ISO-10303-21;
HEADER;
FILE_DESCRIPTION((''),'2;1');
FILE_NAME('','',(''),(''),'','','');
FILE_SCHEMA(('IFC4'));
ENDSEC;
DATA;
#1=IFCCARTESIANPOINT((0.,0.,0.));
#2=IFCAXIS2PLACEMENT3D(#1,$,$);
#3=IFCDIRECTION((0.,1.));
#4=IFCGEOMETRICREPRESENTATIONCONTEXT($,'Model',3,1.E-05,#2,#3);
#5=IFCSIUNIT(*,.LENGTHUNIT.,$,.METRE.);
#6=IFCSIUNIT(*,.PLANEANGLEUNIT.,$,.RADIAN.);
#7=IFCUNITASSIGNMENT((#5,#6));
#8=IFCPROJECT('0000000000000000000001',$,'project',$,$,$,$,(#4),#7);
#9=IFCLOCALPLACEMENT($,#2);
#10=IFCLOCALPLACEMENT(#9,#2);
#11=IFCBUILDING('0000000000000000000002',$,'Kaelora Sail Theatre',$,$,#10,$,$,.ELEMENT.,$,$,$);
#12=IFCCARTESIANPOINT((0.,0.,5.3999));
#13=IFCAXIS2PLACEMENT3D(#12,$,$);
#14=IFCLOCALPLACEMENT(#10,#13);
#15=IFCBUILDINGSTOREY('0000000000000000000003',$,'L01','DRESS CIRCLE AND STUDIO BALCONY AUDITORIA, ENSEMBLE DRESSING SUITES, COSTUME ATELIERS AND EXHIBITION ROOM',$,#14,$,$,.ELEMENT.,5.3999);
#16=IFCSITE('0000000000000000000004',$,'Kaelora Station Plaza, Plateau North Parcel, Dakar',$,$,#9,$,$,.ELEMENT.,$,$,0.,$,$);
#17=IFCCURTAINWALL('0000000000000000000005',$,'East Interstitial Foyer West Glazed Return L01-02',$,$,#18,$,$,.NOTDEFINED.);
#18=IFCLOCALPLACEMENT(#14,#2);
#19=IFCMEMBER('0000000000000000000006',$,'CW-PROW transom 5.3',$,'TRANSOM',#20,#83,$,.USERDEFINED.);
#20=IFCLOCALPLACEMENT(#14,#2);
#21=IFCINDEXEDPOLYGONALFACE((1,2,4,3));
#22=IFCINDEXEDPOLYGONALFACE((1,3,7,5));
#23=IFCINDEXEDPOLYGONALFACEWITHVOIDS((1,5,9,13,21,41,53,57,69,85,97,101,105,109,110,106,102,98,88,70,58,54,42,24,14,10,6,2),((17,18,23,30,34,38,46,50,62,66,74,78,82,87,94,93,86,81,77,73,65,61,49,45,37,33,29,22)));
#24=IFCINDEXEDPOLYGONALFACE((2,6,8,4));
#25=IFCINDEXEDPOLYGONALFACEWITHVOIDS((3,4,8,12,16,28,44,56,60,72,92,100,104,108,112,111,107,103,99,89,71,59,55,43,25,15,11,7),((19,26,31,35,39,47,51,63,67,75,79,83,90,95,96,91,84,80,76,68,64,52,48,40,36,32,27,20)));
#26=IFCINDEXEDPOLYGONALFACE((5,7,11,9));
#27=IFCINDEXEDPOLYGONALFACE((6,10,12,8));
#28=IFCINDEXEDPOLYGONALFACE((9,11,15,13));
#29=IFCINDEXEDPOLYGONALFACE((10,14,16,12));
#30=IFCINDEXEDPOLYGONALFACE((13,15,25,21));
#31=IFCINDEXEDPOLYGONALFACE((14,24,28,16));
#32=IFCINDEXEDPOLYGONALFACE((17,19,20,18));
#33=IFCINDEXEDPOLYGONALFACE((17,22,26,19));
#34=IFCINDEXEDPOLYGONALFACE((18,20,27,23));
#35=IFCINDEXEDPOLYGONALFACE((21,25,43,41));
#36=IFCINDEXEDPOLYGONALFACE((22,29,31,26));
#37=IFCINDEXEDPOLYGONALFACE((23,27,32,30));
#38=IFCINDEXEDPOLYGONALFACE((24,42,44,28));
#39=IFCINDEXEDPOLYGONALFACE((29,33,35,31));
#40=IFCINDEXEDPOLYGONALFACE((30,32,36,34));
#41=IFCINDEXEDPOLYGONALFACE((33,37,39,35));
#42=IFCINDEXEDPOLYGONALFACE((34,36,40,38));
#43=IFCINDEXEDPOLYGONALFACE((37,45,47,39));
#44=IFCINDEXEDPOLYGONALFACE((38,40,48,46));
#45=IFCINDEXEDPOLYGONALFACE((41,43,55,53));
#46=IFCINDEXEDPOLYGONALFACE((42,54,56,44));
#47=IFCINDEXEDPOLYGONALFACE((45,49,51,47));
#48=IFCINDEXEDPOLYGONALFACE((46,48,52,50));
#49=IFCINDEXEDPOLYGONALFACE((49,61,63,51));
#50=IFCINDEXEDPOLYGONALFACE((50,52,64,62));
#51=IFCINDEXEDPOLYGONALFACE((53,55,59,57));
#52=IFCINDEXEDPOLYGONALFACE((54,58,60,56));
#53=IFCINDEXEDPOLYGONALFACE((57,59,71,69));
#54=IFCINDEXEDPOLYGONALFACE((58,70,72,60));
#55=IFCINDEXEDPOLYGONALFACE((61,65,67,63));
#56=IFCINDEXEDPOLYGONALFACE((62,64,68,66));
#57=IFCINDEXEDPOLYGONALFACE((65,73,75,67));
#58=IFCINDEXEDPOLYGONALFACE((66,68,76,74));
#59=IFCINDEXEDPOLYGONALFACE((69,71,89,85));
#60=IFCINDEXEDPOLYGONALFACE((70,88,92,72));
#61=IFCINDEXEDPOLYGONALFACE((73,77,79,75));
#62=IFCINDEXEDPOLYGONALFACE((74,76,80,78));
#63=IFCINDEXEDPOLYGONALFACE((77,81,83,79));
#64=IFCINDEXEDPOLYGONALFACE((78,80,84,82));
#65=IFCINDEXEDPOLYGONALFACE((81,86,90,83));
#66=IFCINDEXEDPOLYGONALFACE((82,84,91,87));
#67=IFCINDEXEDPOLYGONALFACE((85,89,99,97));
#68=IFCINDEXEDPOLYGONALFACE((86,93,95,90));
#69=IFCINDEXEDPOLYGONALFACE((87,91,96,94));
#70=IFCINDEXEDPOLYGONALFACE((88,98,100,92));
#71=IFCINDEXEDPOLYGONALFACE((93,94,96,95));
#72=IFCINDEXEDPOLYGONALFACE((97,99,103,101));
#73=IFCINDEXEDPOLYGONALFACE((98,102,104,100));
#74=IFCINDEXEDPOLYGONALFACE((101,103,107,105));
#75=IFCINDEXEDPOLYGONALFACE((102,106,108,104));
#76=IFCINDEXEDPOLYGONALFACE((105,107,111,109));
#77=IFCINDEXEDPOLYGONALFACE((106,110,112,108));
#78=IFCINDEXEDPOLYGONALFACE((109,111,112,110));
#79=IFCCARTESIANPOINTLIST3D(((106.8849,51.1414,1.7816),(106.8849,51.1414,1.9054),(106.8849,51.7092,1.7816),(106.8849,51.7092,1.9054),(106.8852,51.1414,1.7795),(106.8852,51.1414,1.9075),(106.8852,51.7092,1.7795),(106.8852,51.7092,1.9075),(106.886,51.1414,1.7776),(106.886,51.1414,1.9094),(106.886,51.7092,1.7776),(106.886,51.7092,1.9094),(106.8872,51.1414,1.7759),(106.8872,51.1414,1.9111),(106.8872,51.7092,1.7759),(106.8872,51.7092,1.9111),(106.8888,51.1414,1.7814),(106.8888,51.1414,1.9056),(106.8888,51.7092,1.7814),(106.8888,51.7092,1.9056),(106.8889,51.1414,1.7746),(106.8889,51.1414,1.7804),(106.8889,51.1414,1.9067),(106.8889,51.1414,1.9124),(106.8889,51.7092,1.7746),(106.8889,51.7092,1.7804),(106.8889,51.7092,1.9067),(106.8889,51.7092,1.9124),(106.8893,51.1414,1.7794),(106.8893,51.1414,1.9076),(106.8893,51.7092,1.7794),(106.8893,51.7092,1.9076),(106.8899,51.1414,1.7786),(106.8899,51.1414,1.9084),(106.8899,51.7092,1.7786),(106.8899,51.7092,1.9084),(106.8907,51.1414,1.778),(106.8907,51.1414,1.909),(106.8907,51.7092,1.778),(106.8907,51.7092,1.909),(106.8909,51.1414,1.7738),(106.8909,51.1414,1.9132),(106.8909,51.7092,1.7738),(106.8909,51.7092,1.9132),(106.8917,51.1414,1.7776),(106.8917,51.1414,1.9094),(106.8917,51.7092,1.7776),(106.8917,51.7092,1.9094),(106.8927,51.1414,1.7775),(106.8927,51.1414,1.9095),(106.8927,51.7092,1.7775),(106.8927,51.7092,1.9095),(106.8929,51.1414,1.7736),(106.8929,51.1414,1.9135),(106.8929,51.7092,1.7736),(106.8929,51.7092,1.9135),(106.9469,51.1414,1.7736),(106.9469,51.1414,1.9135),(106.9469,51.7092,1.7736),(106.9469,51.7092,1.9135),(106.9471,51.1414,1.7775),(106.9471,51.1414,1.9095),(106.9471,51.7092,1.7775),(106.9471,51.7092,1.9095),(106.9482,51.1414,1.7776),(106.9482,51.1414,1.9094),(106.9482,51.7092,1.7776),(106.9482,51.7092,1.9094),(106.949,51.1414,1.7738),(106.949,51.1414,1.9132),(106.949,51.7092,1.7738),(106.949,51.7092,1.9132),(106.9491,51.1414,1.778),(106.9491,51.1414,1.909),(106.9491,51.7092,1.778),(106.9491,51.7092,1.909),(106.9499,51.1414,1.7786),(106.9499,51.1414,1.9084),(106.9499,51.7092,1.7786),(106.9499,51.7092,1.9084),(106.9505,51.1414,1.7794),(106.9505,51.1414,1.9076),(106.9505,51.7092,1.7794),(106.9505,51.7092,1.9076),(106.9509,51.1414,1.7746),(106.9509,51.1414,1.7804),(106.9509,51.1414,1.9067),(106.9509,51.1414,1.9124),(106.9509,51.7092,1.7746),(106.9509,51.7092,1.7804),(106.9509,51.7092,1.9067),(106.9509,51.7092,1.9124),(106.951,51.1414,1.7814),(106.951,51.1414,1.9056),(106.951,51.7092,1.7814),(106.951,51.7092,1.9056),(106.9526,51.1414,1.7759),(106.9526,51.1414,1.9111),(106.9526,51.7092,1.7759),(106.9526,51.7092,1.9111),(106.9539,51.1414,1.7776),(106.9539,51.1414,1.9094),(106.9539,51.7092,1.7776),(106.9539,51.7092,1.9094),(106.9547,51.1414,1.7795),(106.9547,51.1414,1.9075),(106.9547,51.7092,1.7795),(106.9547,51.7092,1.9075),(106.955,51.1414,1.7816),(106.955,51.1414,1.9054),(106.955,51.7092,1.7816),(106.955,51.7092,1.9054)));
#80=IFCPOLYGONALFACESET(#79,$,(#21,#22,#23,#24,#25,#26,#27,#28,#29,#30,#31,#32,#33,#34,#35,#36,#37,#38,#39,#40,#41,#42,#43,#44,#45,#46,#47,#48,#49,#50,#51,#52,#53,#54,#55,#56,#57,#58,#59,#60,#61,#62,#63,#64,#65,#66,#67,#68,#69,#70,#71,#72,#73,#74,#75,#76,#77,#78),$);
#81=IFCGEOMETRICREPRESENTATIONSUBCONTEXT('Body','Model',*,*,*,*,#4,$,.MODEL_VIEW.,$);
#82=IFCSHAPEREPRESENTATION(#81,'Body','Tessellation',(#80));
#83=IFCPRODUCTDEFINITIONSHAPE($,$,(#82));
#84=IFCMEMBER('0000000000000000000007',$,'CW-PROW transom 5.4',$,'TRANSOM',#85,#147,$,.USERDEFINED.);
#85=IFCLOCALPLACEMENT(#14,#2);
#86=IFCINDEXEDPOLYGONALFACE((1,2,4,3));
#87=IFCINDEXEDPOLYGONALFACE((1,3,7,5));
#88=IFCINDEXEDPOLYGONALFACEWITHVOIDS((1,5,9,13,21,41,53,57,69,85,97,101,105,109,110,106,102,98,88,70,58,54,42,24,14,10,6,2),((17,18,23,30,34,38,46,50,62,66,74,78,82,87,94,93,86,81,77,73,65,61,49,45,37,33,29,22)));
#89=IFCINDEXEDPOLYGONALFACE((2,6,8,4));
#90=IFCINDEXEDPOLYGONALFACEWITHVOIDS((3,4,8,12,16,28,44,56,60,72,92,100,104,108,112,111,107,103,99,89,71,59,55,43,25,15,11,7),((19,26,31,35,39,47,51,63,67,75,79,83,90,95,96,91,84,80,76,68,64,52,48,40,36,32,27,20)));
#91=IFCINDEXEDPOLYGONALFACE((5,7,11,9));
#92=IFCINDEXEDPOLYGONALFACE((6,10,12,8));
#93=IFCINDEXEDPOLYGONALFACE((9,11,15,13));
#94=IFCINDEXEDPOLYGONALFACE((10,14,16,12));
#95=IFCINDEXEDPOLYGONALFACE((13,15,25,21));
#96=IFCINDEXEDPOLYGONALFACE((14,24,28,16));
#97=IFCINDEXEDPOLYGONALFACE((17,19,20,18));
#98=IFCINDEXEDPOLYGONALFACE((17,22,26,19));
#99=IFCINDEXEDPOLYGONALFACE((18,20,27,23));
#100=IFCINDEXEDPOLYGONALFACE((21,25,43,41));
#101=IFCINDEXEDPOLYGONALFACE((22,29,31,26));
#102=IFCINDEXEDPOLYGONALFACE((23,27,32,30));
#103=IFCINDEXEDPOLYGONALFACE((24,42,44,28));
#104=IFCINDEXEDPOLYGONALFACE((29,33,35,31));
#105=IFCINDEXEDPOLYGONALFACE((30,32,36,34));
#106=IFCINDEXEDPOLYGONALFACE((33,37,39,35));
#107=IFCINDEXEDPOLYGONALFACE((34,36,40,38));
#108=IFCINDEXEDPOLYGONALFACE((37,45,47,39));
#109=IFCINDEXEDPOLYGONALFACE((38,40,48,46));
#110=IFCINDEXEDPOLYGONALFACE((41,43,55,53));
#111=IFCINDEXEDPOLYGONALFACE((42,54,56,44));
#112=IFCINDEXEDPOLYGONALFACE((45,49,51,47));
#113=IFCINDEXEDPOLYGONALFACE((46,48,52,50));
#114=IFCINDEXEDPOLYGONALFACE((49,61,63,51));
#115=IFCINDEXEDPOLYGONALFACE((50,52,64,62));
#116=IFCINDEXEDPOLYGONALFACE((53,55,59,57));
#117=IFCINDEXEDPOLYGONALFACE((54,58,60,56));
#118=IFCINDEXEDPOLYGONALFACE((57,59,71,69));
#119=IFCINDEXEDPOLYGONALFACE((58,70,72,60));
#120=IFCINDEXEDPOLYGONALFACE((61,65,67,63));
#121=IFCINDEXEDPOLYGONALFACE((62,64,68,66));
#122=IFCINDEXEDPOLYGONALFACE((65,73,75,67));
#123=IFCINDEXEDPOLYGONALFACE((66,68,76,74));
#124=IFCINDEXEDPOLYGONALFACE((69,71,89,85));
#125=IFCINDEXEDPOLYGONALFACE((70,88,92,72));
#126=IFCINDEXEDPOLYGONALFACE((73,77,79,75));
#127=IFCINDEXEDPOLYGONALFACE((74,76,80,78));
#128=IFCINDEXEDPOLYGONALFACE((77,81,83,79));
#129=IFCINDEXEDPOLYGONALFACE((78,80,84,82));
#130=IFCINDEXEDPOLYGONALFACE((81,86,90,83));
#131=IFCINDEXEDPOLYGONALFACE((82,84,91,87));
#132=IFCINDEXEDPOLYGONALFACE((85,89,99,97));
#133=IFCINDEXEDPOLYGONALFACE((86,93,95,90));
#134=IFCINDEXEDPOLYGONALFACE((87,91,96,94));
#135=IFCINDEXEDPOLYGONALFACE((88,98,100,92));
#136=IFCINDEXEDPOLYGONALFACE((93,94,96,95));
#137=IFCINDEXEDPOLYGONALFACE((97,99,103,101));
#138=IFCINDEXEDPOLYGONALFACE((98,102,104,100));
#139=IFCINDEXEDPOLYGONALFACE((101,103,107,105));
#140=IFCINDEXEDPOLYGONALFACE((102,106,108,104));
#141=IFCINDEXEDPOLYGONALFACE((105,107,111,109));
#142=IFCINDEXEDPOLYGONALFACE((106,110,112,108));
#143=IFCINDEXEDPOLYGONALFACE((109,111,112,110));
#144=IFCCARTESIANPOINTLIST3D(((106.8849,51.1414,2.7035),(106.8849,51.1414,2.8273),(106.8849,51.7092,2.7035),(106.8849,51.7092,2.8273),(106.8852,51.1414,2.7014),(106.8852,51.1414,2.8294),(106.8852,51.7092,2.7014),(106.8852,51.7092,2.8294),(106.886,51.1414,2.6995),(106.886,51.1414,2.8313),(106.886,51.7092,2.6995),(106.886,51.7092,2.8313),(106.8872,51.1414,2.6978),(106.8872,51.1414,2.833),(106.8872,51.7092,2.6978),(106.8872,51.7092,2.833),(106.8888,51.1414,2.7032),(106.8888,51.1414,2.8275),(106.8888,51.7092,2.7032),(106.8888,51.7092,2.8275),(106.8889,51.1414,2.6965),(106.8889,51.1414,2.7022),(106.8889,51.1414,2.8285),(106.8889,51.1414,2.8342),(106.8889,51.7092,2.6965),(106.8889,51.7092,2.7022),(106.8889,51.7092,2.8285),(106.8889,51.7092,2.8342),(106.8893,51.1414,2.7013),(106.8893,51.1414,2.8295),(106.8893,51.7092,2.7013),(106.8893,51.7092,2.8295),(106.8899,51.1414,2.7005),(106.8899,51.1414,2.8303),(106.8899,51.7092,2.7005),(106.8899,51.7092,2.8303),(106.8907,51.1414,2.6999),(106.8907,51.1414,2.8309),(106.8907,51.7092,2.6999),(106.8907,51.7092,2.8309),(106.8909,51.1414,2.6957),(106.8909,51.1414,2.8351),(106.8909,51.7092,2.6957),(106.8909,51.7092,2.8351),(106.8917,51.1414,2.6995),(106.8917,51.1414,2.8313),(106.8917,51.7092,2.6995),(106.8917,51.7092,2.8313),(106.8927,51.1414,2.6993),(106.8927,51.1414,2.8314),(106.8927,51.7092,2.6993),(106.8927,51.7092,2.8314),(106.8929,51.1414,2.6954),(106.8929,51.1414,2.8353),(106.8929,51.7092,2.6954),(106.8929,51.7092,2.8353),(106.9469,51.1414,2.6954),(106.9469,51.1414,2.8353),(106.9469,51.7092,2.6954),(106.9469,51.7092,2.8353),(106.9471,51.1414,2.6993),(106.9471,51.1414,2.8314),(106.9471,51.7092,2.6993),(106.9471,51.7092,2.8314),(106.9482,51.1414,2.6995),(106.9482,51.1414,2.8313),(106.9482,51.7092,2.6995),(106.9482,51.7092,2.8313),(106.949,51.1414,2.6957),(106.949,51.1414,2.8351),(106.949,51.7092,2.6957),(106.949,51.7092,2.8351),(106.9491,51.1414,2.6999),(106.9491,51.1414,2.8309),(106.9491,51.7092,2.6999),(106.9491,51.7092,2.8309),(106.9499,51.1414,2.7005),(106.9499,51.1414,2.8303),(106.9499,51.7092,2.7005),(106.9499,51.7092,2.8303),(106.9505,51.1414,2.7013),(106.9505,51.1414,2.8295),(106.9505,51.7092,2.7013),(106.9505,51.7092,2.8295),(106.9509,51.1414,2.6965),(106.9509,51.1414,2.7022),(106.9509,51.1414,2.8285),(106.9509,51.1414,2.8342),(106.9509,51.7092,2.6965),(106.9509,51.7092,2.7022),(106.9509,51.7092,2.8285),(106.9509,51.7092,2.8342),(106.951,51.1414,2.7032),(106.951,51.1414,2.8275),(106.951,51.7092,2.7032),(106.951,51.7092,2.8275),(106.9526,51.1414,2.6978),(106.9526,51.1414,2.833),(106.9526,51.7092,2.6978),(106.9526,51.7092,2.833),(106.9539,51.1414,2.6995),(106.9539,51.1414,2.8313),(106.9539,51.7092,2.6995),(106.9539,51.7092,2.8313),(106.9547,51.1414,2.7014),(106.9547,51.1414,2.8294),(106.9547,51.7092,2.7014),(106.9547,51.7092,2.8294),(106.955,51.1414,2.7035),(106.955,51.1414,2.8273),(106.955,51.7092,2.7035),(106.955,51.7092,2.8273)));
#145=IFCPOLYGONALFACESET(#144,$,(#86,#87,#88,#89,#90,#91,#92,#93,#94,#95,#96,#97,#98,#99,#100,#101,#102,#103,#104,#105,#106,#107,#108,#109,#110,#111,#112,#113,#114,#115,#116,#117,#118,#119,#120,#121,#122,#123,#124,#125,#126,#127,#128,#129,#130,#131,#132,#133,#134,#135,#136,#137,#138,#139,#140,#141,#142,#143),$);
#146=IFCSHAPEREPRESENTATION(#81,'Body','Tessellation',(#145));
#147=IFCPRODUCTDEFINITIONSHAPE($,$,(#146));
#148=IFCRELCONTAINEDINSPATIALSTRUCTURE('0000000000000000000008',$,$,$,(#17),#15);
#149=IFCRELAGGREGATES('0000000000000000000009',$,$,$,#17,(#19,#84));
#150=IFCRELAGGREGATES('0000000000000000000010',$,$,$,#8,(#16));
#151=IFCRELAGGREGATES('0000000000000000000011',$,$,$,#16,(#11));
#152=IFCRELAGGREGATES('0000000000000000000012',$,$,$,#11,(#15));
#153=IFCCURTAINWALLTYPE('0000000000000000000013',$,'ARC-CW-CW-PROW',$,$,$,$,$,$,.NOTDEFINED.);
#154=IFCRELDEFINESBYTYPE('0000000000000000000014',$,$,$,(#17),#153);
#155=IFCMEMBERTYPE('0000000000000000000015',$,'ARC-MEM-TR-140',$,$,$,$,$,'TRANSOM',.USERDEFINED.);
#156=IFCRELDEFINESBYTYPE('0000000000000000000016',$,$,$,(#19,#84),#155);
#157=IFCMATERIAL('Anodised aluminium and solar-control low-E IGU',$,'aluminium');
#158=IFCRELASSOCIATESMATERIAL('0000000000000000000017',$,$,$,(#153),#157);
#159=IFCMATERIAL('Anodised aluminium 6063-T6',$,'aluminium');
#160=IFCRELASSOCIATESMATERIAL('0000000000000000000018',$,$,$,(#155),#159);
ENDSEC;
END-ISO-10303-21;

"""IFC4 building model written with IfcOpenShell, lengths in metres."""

from ifc_helpers import new_model, si_unit, direction, frame, origin, origin_2d, place, context, subcontext, project, spatial, hollow_rectangle, extrude, material, material_profile, profile_set, type_object, element, aggregate, save


model = new_model("IFC4")

# Units and contexts
model_context = context("Model", 3, precision=1e-05, world=origin(), true_north=direction((0.0, 1.0)))
body_context = subcontext(model_context, "Body", "Model", "MODEL_VIEW")
ifc_project = project(units=[si_unit("LENGTHUNIT", "METRE"), si_unit("PLANEANGLEUNIT", "RADIAN")], contexts=[model_context])

# Site, building, storey
site_placement = place(None, origin())
site = spatial("IfcSite", under=ifc_project, at=site_placement, Name="Kaelora Station Plaza, Plateau North Parcel, Dakar", CompositionType="ELEMENT", RefElevation=0.0)
building_placement = place(site_placement, origin())
building = spatial("IfcBuilding", under=site, at=building_placement, Name="Kaelora Sail Theatre", CompositionType="ELEMENT")
storey_placement = place(building_placement, frame((0.0, 0.0, 5.3999)))
storey = spatial("IfcBuildingStorey", under=building, at=storey_placement, Name="L01", Description="DRESS CIRCLE AND STUDIO BALCONY AUDITORIA, ENSEMBLE DRESSING SUITES, COSTUME ATELIERS AND EXHIBITION ROOM", CompositionType="ELEMENT", Elevation=5.3999)

# Shared definitions
ifc_material_1 = material(Name="Anodised aluminium and solar-control low-E IGU", Category="aluminium")
curtain_wall_type = type_object("IfcCurtainWallType", Name="ARC-CW-CW-PROW", PredefinedType="NOTDEFINED", material=ifc_material_1)

# Curtain wall, members
ifc_material_2 = material(Name="Anodised aluminium 6063-T6", Category="aluminium")
ifc_material_profile_1 = material_profile(ifc_material_2, hollow_rectangle(XDim=0.0701, YDim=0.1399, WallThickness=0.0039, InnerFilletRadius=0.0039, OuterFilletRadius=0.0081, at=origin_2d()), Name="ALU-TRAN 70x140x4")
ifc_profile_set_1 = profile_set([ifc_material_profile_1], Name="Anodised aluminium 6063-T6")
member_type_1 = type_object("IfcMemberType", Name="ARC-MEM-TR-140", ElementType="TRANSOM", PredefinedType="USERDEFINED", material=ifc_profile_set_1)
curtain_wall_1_placement = place(storey_placement, origin())
curtain_wall_1 = element("IfcCurtainWall", 1, at=curtain_wall_1_placement, inside=storey, type_object=curtain_wall_type, Name="East Interstitial Foyer West Glazed Return L01-02", PredefinedType="NOTDEFINED")
member_1_placement = place(storey_placement, frame((106.9199, 51.1414, 1.8435), z_axis=(0.0, 1.0, 0.0), x_axis=(-1.0, 0.0, 0.0)))
member_1 = element("IfcMember", 2, at=member_1_placement, type_object=member_type_1, Name="CW-PROW transom 5.3", ObjectType="TRANSOM", PredefinedType="USERDEFINED", context=body_context, shape_type="SweptSolid", body=[
    extrude(hollow_rectangle(XDim=0.0701, YDim=0.1399, WallThickness=0.0039, InnerFilletRadius=0.0039, OuterFilletRadius=0.0081, at=origin_2d()), origin(), (0.0, 0.0, 1.0), 0.5679),
])
member_2_placement = place(storey_placement, frame((106.9199, 51.1414, 2.7654), z_axis=(0.0, 1.0, 0.0), x_axis=(-1.0, 0.0, 0.0)))
member_2 = element("IfcMember", 3, at=member_2_placement, type_object=member_type_1, Name="CW-PROW transom 5.4", ObjectType="TRANSOM", PredefinedType="USERDEFINED", context=body_context, shape_type="SweptSolid", body=[
    extrude(hollow_rectangle(XDim=0.0701, YDim=0.1399, WallThickness=0.0039, InnerFilletRadius=0.0039, OuterFilletRadius=0.0081, at=origin_2d()), origin(), (0.0, 0.0, 1.0), 0.5679),
])
aggregate(curtain_wall_1, [member_1, member_2])

save(model, "model.ifc")
